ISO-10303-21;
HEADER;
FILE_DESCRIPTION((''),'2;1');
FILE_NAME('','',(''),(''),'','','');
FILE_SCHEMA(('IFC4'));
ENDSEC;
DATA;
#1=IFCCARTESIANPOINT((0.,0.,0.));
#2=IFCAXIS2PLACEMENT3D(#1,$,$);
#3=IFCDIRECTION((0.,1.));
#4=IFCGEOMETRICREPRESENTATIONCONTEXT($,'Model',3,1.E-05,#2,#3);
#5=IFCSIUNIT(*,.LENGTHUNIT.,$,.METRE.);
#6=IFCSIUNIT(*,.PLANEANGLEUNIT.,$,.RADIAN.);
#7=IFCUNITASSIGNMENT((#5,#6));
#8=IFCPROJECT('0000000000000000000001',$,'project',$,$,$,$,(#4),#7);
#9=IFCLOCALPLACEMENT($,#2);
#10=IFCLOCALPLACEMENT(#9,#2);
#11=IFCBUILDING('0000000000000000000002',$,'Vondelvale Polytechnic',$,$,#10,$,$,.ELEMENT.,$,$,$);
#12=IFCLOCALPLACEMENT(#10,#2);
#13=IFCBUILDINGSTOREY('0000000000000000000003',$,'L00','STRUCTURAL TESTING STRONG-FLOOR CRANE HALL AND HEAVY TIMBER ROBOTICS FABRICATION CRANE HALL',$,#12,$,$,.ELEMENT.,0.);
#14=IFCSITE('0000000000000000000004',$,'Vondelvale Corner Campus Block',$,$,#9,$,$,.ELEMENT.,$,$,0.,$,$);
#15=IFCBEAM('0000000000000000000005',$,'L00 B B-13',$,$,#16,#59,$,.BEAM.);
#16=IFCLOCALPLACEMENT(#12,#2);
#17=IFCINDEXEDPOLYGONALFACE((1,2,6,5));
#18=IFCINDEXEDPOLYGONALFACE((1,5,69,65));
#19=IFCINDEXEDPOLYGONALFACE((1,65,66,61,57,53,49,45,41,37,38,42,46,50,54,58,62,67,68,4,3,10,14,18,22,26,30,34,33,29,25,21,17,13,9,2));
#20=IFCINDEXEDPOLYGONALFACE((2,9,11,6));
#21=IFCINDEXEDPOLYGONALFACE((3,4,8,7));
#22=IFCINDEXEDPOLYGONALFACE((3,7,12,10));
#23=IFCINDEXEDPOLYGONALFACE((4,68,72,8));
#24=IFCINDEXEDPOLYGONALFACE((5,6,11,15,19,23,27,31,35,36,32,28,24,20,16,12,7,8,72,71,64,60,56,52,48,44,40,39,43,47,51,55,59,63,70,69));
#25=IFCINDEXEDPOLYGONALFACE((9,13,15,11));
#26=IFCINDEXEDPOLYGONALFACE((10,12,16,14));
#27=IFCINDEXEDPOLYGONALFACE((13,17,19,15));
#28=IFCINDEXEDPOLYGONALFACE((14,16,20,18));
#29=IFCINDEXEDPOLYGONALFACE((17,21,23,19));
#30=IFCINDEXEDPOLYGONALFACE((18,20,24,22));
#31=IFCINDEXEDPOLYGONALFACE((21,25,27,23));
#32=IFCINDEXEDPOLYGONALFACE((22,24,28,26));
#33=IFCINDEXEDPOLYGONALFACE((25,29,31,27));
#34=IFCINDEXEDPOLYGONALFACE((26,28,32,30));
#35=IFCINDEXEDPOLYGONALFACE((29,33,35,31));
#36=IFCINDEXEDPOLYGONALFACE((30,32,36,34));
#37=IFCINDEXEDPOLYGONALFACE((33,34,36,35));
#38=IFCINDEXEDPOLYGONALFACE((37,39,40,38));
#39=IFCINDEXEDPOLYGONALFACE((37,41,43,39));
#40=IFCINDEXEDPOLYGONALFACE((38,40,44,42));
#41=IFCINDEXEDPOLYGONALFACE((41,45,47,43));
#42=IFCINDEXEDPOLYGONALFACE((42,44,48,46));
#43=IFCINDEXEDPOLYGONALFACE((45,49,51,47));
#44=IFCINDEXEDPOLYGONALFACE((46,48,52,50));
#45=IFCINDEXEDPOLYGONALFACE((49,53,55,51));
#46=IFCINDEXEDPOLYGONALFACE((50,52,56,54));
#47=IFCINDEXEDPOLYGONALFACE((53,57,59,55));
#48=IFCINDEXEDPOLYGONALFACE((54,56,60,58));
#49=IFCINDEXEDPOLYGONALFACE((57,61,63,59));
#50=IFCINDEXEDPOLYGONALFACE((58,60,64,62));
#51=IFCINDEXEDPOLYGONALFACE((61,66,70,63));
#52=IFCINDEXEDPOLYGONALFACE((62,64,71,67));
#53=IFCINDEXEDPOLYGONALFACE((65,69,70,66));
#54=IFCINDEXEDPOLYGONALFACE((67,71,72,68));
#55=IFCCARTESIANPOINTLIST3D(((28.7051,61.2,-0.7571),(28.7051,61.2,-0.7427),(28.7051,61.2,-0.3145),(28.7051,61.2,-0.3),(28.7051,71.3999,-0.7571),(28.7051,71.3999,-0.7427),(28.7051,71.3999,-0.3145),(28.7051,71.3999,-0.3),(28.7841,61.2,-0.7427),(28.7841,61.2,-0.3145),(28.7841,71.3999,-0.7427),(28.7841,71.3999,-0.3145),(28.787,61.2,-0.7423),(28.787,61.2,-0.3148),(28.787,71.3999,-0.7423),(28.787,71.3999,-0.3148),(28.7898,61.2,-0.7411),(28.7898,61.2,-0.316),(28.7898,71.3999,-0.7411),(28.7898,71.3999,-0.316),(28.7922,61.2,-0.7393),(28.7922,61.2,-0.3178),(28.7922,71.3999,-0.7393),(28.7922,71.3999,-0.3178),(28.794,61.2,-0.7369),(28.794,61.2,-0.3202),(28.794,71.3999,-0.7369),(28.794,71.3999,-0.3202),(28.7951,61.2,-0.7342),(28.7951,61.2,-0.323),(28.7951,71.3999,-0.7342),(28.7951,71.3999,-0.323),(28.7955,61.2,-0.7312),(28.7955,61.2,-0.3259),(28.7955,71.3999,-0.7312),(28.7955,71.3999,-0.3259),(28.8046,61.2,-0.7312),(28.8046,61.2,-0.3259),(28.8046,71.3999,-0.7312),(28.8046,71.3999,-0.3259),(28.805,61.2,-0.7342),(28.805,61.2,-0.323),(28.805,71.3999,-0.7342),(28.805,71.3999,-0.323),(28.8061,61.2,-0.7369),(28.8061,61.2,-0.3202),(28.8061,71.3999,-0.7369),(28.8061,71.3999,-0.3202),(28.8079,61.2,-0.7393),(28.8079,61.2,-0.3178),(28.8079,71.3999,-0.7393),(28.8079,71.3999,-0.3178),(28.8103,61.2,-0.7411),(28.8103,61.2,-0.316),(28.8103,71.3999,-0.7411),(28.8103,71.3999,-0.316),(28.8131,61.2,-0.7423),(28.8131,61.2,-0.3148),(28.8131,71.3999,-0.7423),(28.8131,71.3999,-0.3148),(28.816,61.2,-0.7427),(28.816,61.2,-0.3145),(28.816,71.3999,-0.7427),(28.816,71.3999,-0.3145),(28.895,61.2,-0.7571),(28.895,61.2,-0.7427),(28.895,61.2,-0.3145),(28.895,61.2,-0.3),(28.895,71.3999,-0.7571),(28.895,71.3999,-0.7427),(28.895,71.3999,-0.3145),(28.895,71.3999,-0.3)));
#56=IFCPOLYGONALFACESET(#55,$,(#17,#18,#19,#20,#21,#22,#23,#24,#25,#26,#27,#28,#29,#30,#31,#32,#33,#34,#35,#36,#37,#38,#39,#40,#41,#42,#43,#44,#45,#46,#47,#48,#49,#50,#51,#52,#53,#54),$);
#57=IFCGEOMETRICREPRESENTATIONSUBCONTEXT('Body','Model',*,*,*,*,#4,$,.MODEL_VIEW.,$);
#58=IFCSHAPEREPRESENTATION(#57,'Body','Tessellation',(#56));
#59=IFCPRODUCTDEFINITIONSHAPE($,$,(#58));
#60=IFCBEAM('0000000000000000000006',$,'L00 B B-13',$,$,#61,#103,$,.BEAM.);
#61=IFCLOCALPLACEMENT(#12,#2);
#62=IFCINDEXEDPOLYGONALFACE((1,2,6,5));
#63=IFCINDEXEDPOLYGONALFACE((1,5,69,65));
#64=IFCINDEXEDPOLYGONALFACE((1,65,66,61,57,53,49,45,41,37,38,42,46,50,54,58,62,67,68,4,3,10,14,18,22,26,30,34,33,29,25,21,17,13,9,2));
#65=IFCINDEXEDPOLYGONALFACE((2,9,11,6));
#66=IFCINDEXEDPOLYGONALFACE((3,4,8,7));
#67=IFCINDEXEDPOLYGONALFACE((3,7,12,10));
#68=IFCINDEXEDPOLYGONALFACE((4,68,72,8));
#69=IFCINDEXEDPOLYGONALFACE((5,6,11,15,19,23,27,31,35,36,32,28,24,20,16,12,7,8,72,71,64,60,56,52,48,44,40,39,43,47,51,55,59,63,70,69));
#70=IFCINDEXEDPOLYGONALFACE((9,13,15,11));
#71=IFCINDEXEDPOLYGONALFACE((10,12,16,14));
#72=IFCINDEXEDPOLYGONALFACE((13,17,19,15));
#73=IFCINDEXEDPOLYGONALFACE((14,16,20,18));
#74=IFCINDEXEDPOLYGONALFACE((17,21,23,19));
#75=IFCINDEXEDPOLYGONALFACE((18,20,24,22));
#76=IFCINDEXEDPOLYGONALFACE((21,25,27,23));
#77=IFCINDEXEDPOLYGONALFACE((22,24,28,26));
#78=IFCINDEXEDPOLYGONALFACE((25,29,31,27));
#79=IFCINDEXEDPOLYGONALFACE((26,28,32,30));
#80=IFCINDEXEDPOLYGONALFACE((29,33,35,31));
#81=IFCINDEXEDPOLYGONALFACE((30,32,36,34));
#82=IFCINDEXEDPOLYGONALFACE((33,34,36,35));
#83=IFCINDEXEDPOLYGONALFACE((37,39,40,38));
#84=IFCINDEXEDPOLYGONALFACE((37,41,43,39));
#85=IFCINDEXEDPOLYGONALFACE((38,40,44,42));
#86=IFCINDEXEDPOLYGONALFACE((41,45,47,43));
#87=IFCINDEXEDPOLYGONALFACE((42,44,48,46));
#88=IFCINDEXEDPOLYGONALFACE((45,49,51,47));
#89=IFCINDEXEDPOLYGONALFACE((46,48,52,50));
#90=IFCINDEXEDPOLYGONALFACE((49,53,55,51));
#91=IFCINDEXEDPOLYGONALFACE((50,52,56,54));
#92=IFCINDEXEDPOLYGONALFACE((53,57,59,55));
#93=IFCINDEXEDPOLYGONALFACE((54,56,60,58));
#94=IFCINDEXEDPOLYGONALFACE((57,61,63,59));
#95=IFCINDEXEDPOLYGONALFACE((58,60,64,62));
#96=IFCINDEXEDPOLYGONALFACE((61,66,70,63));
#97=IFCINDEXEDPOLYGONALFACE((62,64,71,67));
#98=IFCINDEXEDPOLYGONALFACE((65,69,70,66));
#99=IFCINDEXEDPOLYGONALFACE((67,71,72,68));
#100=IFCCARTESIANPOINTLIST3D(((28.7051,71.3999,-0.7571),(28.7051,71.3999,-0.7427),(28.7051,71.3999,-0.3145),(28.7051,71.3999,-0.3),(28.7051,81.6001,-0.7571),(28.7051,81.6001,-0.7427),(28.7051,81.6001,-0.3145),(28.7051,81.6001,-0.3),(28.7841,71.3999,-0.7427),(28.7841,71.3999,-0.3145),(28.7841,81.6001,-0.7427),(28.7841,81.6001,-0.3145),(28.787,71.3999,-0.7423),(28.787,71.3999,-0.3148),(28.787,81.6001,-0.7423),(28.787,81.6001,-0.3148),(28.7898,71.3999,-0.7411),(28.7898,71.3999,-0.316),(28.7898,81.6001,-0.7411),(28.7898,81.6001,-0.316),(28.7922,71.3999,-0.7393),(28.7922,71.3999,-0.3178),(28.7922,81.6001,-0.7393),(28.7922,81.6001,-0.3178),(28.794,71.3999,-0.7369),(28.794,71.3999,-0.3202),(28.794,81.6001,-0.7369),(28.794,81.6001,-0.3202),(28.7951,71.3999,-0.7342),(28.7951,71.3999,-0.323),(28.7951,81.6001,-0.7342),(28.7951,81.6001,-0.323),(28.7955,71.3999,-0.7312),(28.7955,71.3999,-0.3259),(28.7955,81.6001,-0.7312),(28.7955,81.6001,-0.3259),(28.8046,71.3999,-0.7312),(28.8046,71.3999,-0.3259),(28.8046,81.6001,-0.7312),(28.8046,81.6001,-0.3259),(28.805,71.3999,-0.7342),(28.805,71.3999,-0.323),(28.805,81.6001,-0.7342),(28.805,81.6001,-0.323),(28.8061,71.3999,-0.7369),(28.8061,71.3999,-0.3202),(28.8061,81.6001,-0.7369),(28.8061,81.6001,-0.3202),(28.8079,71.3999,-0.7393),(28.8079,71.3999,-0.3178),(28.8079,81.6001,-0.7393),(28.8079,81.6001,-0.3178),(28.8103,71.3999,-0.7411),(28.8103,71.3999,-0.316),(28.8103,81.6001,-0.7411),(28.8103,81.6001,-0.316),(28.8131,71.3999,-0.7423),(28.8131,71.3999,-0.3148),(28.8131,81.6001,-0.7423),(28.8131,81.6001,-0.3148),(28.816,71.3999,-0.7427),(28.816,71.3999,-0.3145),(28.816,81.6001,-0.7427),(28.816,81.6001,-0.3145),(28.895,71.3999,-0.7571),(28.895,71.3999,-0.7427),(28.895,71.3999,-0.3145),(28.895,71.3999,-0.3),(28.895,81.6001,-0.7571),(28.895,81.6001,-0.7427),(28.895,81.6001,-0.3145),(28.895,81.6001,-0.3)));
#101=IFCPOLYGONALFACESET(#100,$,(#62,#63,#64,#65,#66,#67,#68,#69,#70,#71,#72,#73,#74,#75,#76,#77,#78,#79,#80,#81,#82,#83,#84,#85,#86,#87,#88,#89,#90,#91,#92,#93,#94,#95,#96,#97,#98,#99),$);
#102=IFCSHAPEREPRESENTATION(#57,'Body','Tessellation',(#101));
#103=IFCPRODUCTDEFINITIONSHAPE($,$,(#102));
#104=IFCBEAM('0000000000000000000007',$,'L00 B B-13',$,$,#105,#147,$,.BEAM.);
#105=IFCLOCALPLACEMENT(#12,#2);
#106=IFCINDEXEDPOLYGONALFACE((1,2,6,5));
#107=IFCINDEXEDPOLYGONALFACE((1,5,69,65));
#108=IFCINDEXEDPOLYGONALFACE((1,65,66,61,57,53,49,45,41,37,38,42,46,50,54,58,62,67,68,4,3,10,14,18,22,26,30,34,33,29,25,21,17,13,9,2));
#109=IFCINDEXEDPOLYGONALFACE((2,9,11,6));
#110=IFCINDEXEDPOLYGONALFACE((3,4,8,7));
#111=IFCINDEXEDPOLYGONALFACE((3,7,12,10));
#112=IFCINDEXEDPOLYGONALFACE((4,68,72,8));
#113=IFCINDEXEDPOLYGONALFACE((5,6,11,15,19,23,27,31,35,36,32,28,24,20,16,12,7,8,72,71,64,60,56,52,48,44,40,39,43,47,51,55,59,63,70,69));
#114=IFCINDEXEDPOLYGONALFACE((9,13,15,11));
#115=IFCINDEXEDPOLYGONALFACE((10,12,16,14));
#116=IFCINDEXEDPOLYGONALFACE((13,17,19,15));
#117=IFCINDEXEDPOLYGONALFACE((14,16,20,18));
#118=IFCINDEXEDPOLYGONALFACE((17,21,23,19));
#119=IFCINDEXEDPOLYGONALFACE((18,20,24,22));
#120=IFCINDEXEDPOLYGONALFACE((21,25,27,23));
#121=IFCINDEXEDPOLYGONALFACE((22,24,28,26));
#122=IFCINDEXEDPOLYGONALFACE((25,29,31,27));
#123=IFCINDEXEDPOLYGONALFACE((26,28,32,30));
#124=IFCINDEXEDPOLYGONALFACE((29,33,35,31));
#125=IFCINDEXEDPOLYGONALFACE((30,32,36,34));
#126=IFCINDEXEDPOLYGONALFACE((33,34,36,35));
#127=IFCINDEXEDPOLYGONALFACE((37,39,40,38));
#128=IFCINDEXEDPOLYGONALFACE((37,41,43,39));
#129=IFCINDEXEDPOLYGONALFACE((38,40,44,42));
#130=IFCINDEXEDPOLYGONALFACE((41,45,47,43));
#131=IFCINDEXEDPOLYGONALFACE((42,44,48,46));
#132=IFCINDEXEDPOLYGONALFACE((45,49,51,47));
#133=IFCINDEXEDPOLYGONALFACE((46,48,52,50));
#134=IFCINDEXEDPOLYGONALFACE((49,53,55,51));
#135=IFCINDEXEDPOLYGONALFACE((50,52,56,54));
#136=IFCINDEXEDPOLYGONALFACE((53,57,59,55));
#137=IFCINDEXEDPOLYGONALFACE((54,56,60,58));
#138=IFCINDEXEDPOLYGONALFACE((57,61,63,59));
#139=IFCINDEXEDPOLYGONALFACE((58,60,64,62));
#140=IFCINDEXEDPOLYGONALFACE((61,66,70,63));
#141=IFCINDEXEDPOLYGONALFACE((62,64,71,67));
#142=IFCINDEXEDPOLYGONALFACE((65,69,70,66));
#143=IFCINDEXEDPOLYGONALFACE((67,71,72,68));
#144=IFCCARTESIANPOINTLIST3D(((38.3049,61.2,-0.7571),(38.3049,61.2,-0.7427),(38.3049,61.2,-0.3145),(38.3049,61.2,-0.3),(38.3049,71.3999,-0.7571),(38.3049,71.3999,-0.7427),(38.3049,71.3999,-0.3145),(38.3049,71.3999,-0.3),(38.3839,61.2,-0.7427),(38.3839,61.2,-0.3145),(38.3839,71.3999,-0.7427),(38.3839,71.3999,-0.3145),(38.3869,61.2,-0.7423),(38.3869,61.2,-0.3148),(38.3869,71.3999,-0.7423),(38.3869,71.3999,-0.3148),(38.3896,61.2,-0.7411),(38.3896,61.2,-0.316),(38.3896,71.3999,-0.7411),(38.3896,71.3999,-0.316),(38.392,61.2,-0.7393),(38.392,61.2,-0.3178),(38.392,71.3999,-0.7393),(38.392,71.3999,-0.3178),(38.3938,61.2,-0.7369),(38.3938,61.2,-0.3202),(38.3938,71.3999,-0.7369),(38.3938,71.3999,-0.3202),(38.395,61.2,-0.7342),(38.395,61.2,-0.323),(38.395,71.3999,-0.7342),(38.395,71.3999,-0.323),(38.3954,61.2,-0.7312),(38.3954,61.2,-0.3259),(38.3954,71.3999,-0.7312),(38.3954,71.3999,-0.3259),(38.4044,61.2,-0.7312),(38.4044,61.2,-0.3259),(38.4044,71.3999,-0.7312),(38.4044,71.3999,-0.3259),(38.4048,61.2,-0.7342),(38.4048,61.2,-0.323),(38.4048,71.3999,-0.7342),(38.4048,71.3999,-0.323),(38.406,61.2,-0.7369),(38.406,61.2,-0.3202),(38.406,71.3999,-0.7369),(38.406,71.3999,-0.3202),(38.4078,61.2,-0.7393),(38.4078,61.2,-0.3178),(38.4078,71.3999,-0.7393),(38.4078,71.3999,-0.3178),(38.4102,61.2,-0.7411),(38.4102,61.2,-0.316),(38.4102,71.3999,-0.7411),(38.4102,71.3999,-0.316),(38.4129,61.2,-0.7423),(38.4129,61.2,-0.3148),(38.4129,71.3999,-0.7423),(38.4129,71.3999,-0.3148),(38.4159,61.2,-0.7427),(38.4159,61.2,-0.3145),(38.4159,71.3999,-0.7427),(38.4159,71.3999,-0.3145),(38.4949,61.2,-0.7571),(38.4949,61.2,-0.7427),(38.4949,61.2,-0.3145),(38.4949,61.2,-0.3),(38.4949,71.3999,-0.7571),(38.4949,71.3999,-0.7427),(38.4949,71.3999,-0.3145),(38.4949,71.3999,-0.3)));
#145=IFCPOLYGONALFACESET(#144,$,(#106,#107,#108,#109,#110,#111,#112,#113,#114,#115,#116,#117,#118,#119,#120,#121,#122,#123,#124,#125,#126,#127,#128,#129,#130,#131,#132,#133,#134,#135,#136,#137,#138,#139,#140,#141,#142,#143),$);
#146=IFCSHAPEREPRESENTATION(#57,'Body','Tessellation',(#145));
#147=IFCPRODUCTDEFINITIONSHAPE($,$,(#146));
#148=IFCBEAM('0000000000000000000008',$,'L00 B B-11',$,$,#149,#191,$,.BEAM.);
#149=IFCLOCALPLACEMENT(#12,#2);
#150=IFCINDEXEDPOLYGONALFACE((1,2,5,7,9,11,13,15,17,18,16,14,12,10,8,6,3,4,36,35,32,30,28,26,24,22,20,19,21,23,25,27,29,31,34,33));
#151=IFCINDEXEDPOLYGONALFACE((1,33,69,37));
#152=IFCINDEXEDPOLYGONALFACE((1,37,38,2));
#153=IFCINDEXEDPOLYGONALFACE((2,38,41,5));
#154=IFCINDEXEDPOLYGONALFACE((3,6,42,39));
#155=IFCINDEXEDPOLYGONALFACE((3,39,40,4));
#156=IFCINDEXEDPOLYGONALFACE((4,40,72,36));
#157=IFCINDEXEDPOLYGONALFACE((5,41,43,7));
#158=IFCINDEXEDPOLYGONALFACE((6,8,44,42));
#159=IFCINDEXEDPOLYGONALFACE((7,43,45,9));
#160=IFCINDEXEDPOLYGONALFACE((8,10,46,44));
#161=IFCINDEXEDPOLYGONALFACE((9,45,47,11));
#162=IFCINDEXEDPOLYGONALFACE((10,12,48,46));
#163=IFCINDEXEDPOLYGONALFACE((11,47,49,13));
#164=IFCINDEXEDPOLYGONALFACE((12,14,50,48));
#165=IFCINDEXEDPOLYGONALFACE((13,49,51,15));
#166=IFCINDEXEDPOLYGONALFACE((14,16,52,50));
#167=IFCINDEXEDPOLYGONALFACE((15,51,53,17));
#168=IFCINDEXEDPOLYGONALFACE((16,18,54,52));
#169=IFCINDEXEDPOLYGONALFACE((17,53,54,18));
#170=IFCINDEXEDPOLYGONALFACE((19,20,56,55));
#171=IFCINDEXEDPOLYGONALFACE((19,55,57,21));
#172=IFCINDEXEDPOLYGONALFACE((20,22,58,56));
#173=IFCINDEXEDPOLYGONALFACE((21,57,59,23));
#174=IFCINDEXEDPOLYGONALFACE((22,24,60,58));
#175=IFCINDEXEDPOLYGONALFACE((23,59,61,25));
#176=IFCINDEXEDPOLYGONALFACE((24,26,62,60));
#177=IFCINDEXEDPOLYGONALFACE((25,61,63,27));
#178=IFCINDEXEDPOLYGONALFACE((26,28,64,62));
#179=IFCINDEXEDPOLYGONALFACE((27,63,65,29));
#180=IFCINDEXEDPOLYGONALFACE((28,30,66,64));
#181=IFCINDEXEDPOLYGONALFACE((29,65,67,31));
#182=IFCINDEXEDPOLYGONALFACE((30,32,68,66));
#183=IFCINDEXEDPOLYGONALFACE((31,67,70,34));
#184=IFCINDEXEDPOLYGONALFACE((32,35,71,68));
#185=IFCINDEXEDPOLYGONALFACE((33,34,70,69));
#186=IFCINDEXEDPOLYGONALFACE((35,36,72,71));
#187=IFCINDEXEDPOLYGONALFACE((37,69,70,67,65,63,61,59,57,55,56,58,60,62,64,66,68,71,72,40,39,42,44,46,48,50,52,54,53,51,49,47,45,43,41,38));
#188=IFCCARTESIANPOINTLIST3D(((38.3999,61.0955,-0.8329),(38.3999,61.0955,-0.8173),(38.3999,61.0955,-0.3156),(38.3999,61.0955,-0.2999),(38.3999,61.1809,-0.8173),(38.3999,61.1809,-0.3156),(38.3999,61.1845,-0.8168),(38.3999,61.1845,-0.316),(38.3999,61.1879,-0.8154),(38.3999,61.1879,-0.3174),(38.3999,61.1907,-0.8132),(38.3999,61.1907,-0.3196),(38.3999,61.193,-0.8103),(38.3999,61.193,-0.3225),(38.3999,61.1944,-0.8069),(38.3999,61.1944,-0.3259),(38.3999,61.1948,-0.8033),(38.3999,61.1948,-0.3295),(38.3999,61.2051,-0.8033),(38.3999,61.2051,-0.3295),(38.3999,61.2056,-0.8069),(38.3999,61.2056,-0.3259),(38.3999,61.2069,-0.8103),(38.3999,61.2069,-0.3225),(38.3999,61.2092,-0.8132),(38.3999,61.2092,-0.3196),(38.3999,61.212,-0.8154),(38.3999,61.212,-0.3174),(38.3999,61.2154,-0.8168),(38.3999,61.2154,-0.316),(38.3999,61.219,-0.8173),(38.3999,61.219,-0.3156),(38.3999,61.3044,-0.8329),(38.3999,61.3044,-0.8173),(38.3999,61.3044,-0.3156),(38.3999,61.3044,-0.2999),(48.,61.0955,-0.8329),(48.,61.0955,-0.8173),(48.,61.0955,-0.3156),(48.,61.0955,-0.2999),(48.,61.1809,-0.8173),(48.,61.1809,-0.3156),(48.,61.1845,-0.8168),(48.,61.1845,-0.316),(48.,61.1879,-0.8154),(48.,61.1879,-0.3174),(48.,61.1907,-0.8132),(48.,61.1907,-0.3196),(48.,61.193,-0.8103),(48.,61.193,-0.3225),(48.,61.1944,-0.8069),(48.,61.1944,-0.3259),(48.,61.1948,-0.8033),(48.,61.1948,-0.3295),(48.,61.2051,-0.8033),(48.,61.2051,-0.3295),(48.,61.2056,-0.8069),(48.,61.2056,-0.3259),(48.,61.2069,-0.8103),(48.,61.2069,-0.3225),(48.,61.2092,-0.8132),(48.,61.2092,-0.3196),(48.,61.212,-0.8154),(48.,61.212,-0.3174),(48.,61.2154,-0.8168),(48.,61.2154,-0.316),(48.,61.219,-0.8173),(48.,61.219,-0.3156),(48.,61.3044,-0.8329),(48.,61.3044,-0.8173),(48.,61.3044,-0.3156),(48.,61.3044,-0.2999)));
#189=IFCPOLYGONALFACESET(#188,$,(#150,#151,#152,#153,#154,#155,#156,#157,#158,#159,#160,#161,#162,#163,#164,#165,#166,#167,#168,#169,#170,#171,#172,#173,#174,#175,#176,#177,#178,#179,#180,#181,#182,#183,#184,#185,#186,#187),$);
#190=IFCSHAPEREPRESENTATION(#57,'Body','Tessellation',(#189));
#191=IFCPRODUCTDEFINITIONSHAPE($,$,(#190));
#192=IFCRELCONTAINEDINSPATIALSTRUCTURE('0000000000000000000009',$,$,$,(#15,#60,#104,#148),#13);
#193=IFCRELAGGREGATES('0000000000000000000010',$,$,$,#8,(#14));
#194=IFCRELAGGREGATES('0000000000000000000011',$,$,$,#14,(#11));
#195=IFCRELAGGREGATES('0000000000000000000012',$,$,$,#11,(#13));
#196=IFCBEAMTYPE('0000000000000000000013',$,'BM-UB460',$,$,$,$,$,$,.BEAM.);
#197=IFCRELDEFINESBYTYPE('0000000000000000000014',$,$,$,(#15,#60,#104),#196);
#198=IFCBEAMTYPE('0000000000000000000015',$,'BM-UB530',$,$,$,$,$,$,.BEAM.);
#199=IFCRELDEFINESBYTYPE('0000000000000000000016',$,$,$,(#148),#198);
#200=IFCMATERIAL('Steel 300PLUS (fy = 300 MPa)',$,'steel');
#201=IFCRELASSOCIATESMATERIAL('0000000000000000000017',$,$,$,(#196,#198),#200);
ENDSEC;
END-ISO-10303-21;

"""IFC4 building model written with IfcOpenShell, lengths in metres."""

from ifc_helpers import new_model, si_unit, direction, frame, origin, origin_2d, place, context, subcontext, project, spatial, i_section, extrude, material, material_profile, profile_set, type_object, element, save


model = new_model("IFC4")

# Units and contexts
model_context = context("Model", 3, precision=1e-05, world=origin(), true_north=direction((0.0, 1.0)))
body_context = subcontext(model_context, "Body", "Model", "MODEL_VIEW")
ifc_project = project(units=[si_unit("LENGTHUNIT", "METRE"), si_unit("PLANEANGLEUNIT", "RADIAN")], contexts=[model_context])

# Site, building, storey
site_placement = place(None, origin())
site = spatial("IfcSite", under=ifc_project, at=site_placement, Name="Vondelvale Corner Campus Block", CompositionType="ELEMENT", RefElevation=0.0)
building_placement = place(site_placement, origin())
building = spatial("IfcBuilding", under=site, at=building_placement, Name="Vondelvale Polytechnic", CompositionType="ELEMENT")
storey_placement = place(building_placement, origin())
storey = spatial("IfcBuildingStorey", under=building, at=storey_placement, Name="L00", Description="STRUCTURAL TESTING STRONG-FLOOR CRANE HALL AND HEAVY TIMBER ROBOTICS FABRICATION CRANE HALL", CompositionType="ELEMENT", Elevation=0.0)

# Beams
ifc_material_1 = material(Name="Steel 300PLUS (fy = 300 MPa)", Category="steel")
ifc_material_profile_1 = material_profile(ifc_material_1, i_section(OverallWidth=0.1899, OverallDepth=0.457, WebThickness=0.009, FlangeThickness=0.0144, FilletRadius=0.0115, at=origin_2d()), Name="460UB74.6")
ifc_profile_set_1 = profile_set([ifc_material_profile_1], Name="Steel 300PLUS (fy = 300 MPa)")
beam_type_1 = type_object("IfcBeamType", Name="BM-UB460", PredefinedType="BEAM", material=ifc_profile_set_1)
beam_1_placement = place(storey_placement, frame((28.8, 61.2, -0.5286), z_axis=(0.0, 1.0, 0.0), x_axis=(-1.0, 0.0, 0.0)))
element("IfcBeam", 1, at=beam_1_placement, inside=storey, type_object=beam_type_1, Name="L00 B B-13", PredefinedType="BEAM", context=body_context, shape_type="SweptSolid", body=[
    extrude(i_section(OverallWidth=0.1899, OverallDepth=0.457, WebThickness=0.009, FlangeThickness=0.0144, FilletRadius=0.0115, at=origin_2d()), origin(), (0.0, 0.0, 1.0), 10.2),
])
beam_2_placement = place(storey_placement, frame((28.8, 71.3999, -0.5286), z_axis=(0.0, 1.0, 0.0), x_axis=(-1.0, 0.0, 0.0)))
element("IfcBeam", 2, at=beam_2_placement, inside=storey, type_object=beam_type_1, Name="L00 B B-13", PredefinedType="BEAM", context=body_context, shape_type="SweptSolid", body=[
    extrude(i_section(OverallWidth=0.1899, OverallDepth=0.457, WebThickness=0.009, FlangeThickness=0.0144, FilletRadius=0.0115, at=origin_2d()), origin(), (0.0, 0.0, 1.0), 10.2002),
])
beam_3_placement = place(storey_placement, frame((38.3999, 61.2, -0.5286), z_axis=(0.0, 1.0, 0.0), x_axis=(-1.0, 0.0, 0.0)))
element("IfcBeam", 3, at=beam_3_placement, inside=storey, type_object=beam_type_1, Name="L00 B B-13", PredefinedType="BEAM", context=body_context, shape_type="SweptSolid", body=[
    extrude(i_section(OverallWidth=0.1899, OverallDepth=0.457, WebThickness=0.009, FlangeThickness=0.0144, FilletRadius=0.0115, at=origin_2d()), origin(), (0.0, 0.0, 1.0), 10.2),
])
ifc_material_profile_2 = material_profile(ifc_material_1, i_section(OverallWidth=0.209, OverallDepth=0.533, WebThickness=0.0103, FlangeThickness=0.0156, FilletRadius=0.0139, at=origin_2d()), Name="530UB92.4")
ifc_profile_set_2 = profile_set([ifc_material_profile_2], Name="Steel 300PLUS (fy = 300 MPa)")
beam_type_2 = type_object("IfcBeamType", Name="BM-UB530", PredefinedType="BEAM", material=ifc_profile_set_2)
beam_4_placement = place(storey_placement, frame((38.3999, 61.2, -0.5664), z_axis=(1.0, 0.0, 0.0), x_axis=(0.0, 1.0, 0.0)))
element("IfcBeam", 4, at=beam_4_placement, inside=storey, type_object=beam_type_2, Name="L00 B B-11", PredefinedType="BEAM", context=body_context, shape_type="SweptSolid", body=[
    extrude(i_section(OverallWidth=0.209, OverallDepth=0.533, WebThickness=0.0103, FlangeThickness=0.0156, FilletRadius=0.0139, at=origin_2d()), origin(), (0.0, 0.0, 1.0), 9.6001),
])

save(model, "model.ifc")
